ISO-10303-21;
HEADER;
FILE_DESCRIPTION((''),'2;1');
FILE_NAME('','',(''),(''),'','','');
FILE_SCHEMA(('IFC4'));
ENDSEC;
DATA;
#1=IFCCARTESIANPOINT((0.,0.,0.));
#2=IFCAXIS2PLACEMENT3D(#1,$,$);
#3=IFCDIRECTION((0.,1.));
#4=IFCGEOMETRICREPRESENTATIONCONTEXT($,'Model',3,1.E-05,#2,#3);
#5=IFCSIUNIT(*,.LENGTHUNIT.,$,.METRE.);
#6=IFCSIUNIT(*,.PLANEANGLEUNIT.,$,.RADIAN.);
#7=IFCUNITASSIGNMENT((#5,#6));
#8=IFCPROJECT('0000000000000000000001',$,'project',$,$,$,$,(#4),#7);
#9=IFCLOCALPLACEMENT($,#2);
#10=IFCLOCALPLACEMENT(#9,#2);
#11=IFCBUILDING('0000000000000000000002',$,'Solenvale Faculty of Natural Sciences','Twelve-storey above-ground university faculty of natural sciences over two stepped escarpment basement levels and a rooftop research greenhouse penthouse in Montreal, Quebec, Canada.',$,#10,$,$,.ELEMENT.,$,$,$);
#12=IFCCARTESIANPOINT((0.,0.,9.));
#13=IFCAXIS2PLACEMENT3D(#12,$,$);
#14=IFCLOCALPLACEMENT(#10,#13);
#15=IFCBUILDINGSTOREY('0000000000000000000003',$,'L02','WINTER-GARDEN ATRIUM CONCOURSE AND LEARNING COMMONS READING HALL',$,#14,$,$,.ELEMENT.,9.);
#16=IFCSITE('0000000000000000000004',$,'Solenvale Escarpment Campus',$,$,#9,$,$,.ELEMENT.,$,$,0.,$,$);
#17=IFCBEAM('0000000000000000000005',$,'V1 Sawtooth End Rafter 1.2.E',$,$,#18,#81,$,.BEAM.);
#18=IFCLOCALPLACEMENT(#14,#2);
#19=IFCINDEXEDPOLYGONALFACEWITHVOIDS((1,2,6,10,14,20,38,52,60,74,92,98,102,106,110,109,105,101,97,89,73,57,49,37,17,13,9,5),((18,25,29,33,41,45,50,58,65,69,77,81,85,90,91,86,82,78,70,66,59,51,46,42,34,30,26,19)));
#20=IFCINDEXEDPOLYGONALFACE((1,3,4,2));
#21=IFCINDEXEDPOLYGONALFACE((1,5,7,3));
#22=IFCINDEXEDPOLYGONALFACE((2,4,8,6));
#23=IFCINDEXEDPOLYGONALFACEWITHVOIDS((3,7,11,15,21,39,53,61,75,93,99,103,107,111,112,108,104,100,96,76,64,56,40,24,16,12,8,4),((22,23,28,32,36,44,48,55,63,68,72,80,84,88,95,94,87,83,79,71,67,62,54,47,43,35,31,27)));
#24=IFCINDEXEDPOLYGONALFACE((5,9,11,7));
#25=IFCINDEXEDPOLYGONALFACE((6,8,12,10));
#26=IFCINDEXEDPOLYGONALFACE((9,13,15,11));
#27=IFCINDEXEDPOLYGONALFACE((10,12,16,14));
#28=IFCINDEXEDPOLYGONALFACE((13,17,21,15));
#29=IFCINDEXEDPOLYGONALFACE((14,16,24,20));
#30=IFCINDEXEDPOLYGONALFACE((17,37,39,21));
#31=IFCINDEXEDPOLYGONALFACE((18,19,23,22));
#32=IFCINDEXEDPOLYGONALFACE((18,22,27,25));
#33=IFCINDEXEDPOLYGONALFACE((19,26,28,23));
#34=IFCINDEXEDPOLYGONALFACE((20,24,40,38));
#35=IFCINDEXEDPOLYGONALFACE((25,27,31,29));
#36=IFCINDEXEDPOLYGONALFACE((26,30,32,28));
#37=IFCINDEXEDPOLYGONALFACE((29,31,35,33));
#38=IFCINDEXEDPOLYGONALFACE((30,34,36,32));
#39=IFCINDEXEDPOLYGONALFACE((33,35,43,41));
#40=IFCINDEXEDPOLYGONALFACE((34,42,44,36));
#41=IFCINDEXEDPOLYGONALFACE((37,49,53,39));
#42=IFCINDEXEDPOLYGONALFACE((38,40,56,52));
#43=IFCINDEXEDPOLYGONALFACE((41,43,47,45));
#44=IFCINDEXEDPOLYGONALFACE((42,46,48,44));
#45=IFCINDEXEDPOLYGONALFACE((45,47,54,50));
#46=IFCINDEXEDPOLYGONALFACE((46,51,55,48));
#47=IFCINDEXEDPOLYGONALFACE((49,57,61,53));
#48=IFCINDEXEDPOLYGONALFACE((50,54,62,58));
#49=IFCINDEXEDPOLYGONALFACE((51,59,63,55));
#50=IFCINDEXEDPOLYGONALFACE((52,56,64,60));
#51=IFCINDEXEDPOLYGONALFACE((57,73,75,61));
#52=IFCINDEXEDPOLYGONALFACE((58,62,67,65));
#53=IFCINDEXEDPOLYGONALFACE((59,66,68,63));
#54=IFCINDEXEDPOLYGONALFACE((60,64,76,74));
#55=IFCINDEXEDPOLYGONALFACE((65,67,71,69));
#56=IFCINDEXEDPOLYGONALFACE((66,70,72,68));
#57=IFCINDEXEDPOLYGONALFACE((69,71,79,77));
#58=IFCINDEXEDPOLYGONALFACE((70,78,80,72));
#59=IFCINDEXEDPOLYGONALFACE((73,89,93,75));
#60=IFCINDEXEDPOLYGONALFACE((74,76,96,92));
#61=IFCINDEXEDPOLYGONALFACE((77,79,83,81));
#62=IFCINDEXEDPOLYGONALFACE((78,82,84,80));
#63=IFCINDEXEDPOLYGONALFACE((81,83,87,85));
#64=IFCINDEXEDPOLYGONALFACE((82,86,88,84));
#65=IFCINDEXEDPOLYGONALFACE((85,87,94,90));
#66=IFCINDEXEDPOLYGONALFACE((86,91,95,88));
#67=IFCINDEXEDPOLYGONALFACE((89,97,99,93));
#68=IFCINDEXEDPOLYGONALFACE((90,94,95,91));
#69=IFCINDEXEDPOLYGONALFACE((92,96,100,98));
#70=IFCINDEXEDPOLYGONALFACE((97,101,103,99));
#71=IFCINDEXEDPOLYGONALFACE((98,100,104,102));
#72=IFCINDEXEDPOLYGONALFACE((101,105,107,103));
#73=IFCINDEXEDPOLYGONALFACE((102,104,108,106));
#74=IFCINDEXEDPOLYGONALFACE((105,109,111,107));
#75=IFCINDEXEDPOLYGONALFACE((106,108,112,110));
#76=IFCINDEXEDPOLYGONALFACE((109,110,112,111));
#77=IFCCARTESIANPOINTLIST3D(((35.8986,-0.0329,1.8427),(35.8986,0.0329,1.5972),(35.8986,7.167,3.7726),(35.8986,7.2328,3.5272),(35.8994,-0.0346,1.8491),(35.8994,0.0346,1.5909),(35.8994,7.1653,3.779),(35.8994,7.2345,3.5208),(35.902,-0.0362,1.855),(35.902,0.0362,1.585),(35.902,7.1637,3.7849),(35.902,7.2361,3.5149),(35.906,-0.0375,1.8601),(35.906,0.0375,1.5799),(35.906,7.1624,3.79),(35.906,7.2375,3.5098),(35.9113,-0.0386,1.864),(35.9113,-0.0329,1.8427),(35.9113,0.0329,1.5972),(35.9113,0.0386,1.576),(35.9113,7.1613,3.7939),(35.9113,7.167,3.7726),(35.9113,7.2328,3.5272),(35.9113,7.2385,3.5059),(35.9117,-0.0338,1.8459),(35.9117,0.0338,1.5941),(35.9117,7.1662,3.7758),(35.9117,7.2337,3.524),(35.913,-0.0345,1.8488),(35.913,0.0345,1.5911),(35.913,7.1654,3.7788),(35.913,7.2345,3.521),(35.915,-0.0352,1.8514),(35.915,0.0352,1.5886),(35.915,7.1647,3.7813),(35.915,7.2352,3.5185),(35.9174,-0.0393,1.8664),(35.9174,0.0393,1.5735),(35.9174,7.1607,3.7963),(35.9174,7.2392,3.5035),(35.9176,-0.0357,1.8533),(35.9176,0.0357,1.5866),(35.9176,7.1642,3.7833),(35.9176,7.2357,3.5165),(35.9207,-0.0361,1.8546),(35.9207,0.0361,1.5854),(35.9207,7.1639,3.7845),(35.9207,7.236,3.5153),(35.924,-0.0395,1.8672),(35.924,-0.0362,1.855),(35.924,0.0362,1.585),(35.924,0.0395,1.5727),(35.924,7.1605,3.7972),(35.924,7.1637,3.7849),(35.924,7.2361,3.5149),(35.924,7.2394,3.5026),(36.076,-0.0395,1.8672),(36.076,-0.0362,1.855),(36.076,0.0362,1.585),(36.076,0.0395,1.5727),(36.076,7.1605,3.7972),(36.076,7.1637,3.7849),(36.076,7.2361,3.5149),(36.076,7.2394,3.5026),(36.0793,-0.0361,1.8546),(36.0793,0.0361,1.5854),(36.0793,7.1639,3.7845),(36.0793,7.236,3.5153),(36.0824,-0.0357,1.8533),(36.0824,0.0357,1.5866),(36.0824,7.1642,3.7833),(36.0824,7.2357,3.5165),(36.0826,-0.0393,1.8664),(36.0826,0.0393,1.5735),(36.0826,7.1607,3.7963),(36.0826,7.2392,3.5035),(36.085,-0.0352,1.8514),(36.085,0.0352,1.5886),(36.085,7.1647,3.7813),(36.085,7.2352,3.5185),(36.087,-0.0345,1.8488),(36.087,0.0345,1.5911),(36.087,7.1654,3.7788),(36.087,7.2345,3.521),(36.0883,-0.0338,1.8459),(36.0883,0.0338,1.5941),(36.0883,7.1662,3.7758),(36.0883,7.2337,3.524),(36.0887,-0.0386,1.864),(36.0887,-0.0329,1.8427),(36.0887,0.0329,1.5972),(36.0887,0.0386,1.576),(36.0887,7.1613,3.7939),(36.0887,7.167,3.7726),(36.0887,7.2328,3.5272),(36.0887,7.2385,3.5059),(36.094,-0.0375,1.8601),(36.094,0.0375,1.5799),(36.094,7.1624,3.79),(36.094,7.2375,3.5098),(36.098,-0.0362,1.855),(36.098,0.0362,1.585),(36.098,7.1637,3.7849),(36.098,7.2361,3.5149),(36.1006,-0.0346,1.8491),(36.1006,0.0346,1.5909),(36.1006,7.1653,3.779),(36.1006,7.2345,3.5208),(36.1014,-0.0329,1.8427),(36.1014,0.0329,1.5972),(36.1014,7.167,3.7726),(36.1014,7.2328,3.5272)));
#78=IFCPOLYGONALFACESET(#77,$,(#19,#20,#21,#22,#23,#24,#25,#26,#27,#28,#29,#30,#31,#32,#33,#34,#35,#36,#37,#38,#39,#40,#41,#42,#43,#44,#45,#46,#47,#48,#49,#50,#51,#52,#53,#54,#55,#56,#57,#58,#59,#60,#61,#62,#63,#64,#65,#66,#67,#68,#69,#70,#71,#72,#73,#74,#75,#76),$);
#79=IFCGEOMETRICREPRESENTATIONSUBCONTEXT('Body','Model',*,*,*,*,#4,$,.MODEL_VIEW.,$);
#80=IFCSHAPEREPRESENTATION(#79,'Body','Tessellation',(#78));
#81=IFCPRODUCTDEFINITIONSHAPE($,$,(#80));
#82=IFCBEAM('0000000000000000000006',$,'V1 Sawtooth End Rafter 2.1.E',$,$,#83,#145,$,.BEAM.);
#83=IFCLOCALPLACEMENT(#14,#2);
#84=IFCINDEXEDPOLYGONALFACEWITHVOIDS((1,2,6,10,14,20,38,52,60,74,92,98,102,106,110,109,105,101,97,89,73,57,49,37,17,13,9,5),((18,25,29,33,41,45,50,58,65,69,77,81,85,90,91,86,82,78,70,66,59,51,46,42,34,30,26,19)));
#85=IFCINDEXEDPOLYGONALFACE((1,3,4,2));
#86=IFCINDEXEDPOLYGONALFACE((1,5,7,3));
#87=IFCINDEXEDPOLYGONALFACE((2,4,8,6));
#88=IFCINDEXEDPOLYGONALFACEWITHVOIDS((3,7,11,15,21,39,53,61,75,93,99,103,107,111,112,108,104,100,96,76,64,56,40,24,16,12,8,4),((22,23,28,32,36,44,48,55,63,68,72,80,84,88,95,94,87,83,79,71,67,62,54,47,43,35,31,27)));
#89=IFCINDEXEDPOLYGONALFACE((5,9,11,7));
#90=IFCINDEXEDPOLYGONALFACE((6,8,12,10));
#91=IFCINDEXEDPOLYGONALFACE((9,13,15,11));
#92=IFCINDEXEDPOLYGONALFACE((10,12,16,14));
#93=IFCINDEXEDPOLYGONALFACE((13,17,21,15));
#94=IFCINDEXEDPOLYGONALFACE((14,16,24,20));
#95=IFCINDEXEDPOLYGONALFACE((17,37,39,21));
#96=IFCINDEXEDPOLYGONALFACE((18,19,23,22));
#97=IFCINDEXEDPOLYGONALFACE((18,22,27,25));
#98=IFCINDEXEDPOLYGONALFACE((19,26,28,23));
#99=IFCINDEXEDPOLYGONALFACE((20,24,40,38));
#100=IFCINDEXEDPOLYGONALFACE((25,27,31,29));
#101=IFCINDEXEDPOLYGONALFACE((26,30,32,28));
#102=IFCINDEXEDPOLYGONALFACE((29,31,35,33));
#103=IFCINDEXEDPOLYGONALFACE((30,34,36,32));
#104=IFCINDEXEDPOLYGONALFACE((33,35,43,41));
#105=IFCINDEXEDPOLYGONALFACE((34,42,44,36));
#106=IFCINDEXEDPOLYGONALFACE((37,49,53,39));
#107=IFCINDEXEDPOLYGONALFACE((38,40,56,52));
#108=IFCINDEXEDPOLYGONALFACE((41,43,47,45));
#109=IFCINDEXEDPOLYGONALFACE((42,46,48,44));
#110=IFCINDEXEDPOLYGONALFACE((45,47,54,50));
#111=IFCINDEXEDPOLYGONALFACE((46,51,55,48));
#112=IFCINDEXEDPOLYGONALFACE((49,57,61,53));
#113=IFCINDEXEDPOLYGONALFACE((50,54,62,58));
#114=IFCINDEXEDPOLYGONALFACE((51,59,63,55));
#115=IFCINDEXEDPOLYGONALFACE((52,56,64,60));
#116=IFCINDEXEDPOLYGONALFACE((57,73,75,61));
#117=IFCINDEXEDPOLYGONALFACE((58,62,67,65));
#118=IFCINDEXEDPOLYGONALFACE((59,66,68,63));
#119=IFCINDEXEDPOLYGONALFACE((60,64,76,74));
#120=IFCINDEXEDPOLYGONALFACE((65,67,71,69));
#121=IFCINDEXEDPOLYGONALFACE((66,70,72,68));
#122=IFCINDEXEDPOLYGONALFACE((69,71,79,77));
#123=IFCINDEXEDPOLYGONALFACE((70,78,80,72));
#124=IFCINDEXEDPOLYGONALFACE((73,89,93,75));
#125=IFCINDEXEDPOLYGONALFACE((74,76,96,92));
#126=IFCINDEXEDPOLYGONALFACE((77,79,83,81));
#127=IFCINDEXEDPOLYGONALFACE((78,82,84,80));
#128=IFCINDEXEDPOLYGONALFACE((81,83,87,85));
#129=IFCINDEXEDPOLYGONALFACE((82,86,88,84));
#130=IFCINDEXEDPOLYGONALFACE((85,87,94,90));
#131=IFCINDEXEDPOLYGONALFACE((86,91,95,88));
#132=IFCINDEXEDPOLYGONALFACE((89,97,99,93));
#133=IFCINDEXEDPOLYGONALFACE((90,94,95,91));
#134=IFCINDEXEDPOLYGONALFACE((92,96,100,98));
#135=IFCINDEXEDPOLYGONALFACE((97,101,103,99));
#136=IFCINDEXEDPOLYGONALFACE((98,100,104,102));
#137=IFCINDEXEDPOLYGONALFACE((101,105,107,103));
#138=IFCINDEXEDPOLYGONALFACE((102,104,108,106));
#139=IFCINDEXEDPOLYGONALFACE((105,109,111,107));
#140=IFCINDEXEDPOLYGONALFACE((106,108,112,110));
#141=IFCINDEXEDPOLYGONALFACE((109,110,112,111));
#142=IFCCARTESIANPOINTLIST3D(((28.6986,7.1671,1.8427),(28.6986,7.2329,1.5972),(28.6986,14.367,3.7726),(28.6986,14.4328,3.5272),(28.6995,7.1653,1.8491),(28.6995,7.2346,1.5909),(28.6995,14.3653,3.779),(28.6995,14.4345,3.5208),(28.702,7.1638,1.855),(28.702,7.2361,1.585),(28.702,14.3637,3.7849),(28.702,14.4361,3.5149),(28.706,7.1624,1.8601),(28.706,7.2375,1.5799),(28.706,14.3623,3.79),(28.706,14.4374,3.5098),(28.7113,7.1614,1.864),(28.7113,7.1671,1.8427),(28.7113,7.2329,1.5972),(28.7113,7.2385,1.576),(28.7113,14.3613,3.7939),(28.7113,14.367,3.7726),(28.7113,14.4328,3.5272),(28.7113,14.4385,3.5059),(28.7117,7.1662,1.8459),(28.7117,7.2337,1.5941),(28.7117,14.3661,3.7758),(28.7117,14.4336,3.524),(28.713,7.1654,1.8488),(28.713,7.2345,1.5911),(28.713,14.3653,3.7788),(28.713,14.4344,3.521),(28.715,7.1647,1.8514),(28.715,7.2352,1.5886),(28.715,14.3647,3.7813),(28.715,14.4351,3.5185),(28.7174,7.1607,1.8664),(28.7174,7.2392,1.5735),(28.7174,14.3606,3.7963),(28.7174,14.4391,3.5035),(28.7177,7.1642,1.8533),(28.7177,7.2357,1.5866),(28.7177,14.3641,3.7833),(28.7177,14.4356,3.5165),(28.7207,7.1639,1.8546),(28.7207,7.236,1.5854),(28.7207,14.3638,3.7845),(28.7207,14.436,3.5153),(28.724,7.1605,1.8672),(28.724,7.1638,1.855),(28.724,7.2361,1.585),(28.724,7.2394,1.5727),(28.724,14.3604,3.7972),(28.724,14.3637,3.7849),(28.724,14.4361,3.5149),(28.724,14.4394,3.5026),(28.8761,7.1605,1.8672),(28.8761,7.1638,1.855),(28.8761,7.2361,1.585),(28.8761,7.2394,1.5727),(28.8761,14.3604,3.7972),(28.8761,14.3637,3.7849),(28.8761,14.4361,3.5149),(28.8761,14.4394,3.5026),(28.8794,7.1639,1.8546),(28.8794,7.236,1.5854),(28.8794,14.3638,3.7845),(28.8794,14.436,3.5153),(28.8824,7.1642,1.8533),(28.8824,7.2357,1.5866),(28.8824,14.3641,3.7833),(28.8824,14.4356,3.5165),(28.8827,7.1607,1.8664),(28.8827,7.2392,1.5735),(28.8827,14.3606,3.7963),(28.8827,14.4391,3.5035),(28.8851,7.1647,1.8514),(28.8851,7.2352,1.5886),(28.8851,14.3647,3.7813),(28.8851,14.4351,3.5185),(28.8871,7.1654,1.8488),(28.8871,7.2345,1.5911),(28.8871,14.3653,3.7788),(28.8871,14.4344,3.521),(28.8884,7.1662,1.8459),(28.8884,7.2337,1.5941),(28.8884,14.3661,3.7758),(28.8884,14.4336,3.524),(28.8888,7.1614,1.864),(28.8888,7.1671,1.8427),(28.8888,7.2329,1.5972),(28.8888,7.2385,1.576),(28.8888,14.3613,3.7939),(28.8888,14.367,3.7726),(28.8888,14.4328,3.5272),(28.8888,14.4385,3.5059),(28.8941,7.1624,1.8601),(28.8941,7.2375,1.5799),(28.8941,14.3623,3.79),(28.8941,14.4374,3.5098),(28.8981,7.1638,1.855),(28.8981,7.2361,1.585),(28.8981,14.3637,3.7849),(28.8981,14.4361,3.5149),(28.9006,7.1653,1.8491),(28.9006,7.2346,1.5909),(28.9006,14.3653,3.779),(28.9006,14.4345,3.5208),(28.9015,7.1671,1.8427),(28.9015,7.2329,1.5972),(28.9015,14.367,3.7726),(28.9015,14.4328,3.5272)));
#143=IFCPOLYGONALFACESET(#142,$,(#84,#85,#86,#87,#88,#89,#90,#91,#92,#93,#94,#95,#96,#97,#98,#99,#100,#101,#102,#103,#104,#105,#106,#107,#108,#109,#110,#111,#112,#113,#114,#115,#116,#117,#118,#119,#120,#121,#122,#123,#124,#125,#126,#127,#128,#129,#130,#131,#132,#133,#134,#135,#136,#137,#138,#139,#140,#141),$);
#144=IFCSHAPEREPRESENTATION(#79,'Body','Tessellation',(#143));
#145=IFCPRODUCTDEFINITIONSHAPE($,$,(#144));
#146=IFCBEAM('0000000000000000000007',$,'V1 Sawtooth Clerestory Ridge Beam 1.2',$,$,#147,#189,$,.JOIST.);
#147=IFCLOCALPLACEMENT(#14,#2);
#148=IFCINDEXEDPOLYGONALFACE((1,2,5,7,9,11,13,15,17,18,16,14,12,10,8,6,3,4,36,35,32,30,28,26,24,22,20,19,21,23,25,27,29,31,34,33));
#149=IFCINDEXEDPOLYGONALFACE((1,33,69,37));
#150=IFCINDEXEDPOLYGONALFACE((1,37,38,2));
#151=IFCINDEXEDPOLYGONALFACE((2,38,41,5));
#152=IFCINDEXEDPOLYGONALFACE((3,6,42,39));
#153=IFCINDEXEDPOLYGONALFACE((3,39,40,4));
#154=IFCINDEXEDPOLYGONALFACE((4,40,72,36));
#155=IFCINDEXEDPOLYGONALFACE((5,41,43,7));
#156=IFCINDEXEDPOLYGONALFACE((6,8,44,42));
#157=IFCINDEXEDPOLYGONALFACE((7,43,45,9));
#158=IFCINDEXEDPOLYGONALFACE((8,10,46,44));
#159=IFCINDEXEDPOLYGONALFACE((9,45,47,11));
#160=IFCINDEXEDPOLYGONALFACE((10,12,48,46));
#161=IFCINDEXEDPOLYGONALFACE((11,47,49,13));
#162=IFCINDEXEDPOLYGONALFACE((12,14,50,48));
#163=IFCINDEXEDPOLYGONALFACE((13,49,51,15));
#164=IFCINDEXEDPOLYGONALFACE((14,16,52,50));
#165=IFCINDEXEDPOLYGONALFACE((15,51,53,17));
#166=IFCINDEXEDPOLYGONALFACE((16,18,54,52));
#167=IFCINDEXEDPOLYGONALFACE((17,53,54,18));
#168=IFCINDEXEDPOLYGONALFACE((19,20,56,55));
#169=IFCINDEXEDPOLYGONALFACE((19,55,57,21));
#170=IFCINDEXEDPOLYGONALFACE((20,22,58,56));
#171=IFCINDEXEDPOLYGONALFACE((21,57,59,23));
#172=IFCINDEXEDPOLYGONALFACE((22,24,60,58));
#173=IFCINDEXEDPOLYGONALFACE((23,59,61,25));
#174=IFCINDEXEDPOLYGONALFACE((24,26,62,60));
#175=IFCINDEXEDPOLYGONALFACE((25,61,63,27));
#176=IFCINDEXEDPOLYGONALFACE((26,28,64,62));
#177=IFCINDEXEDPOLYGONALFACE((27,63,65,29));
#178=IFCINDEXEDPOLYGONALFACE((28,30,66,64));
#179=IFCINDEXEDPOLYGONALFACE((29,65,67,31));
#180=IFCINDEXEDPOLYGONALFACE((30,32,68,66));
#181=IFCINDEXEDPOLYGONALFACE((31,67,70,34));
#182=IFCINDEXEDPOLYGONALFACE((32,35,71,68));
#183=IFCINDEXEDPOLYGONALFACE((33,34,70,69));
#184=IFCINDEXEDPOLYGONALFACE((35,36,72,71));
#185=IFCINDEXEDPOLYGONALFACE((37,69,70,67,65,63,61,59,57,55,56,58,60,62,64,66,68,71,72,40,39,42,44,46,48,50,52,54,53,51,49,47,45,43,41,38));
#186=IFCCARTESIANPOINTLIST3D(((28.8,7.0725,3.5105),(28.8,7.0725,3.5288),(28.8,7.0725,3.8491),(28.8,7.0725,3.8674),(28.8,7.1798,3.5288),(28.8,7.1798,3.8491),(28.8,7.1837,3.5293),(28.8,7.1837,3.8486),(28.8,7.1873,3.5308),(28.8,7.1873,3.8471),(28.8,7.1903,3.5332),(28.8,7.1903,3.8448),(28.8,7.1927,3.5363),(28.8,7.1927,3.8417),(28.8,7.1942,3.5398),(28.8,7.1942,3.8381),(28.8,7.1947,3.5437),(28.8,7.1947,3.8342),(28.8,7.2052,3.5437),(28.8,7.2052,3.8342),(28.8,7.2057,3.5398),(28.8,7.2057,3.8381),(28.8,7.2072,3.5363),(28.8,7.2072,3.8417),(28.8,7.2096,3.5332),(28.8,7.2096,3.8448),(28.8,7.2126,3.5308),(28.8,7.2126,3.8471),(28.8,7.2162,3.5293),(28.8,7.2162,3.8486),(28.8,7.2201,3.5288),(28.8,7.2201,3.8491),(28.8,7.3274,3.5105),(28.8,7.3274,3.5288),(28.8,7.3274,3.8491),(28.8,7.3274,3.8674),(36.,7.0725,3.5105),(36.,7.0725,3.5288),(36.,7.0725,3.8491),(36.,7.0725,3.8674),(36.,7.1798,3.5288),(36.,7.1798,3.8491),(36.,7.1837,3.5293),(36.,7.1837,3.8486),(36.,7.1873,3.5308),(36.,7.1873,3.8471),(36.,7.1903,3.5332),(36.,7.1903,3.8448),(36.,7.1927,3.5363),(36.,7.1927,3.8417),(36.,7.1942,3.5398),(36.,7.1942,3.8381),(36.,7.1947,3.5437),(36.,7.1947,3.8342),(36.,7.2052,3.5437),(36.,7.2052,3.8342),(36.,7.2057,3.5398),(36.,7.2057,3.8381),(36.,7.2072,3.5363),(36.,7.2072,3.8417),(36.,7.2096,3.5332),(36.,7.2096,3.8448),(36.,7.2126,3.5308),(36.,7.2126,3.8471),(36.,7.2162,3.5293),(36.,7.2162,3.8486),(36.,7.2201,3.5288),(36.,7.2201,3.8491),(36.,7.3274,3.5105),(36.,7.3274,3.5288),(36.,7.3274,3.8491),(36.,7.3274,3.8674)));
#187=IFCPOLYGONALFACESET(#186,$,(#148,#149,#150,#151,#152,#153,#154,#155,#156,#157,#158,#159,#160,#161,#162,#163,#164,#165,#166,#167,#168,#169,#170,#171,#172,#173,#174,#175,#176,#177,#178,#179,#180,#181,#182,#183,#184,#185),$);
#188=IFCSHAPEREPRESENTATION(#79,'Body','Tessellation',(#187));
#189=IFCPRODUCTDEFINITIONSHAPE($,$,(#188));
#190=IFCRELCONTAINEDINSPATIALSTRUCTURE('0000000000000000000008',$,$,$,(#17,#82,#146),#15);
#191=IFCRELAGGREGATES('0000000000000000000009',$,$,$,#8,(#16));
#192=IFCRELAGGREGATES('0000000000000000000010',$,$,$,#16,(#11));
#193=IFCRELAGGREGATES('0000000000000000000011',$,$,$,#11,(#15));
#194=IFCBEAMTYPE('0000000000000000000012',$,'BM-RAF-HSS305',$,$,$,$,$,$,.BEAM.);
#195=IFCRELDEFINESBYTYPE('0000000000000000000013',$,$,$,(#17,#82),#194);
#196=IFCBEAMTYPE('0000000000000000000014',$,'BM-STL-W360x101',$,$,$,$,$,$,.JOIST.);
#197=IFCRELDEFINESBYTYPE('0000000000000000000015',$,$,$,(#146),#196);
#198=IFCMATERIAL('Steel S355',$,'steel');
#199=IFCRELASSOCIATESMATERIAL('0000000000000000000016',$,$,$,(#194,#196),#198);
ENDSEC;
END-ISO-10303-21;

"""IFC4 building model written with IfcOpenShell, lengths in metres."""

from ifc_helpers import new_model, si_unit, direction, frame, origin, origin_2d, place, context, subcontext, project, spatial, hollow_rectangle, i_section, extrude, material, material_profile, profile_set, type_object, element, save


model = new_model("IFC4")

# Units and contexts
model_context = context("Model", 3, precision=1e-05, world=origin(), true_north=direction((0.0, 1.0)))
body_context = subcontext(model_context, "Body", "Model", "MODEL_VIEW")
ifc_project = project(units=[si_unit("LENGTHUNIT", "METRE"), si_unit("PLANEANGLEUNIT", "RADIAN")], contexts=[model_context])

# Site, building, storey
site_placement = place(None, origin())
site = spatial("IfcSite", under=ifc_project, at=site_placement, Name="Solenvale Escarpment Campus", CompositionType="ELEMENT", RefElevation=0.0)
building_placement = place(site_placement, origin())
building = spatial("IfcBuilding", under=site, at=building_placement, Name="Solenvale Faculty of Natural Sciences", Description="Twelve-storey above-ground university faculty of natural sciences over two stepped escarpment basement levels and a rooftop research greenhouse penthouse in Montreal, Quebec, Canada.", CompositionType="ELEMENT")
storey_placement = place(building_placement, frame((0.0, 0.0, 9.0)))
storey = spatial("IfcBuildingStorey", under=building, at=storey_placement, Name="L02", Description="WINTER-GARDEN ATRIUM CONCOURSE AND LEARNING COMMONS READING HALL", CompositionType="ELEMENT", Elevation=9.0)

# Shared definitions
ifc_material_1 = material(Name="Steel S355", Category="steel")

# Beams
ifc_material_profile_1 = material_profile(ifc_material_1, hollow_rectangle(XDim=0.2029, YDim=0.3049, WallThickness=0.0127, InnerFilletRadius=0.0127, OuterFilletRadius=0.0254, at=origin_2d()), Name="HSS305x203x13")
ifc_profile_set_1 = profile_set([ifc_material_profile_1], Name="Steel S355")
beam_type_1 = type_object("IfcBeamType", Name="BM-RAF-HSS305", PredefinedType="BEAM", material=ifc_profile_set_1)
for number, where, z_axis, x_axis, name in (
    (1, (36.0, 0.0, 1.72), (0.0, 0.965902, 0.258908), (-1.0, 0.0, 0.0), "V1 Sawtooth End Rafter 1.2.E"),
    (2, (28.8, 7.2, 1.72), (0.0, 0.965902, 0.258908), (-1.0, 0.0, 0.0), "V1 Sawtooth End Rafter 2.1.E"),
):
    element("IfcBeam", number, at=place(storey_placement, frame(where, z_axis=z_axis, x_axis=x_axis)), inside=storey, type_object=beam_type_1, Name=name, PredefinedType="BEAM", context=body_context, shape_type="SweptSolid", body=[
        extrude(hollow_rectangle(XDim=0.2029, YDim=0.3049, WallThickness=0.0127, InnerFilletRadius=0.0127, OuterFilletRadius=0.0254, at=origin_2d()), origin(), (0.0, 0.0, 1.0), 7.4541),
    ])
ifc_material_profile_2 = material_profile(ifc_material_1, i_section(OverallWidth=0.2549, OverallDepth=0.3569, WebThickness=0.0105, FlangeThickness=0.0183, FilletRadius=0.0149, at=origin_2d()), Name="W360x101")
ifc_profile_set_2 = profile_set([ifc_material_profile_2], Name="Steel S355")
beam_type_2 = type_object("IfcBeamType", Name="BM-STL-W360x101", PredefinedType="JOIST", material=ifc_profile_set_2)
beam_placement = place(storey_placement, frame((28.8, 7.2, 3.689), z_axis=(1.0, 0.0, 0.0), x_axis=(0.0, 1.0, 0.0)))
element("IfcBeam", 3, at=beam_placement, inside=storey, type_object=beam_type_2, Name="V1 Sawtooth Clerestory Ridge Beam 1.2", PredefinedType="JOIST", context=body_context, shape_type="SweptSolid", body=[
    extrude(i_section(OverallWidth=0.2549, OverallDepth=0.3569, WebThickness=0.0105, FlangeThickness=0.0183, FilletRadius=0.0149, at=origin_2d()), origin(), (0.0, 0.0, 1.0), 7.2),
])

save(model, "model.ifc")
